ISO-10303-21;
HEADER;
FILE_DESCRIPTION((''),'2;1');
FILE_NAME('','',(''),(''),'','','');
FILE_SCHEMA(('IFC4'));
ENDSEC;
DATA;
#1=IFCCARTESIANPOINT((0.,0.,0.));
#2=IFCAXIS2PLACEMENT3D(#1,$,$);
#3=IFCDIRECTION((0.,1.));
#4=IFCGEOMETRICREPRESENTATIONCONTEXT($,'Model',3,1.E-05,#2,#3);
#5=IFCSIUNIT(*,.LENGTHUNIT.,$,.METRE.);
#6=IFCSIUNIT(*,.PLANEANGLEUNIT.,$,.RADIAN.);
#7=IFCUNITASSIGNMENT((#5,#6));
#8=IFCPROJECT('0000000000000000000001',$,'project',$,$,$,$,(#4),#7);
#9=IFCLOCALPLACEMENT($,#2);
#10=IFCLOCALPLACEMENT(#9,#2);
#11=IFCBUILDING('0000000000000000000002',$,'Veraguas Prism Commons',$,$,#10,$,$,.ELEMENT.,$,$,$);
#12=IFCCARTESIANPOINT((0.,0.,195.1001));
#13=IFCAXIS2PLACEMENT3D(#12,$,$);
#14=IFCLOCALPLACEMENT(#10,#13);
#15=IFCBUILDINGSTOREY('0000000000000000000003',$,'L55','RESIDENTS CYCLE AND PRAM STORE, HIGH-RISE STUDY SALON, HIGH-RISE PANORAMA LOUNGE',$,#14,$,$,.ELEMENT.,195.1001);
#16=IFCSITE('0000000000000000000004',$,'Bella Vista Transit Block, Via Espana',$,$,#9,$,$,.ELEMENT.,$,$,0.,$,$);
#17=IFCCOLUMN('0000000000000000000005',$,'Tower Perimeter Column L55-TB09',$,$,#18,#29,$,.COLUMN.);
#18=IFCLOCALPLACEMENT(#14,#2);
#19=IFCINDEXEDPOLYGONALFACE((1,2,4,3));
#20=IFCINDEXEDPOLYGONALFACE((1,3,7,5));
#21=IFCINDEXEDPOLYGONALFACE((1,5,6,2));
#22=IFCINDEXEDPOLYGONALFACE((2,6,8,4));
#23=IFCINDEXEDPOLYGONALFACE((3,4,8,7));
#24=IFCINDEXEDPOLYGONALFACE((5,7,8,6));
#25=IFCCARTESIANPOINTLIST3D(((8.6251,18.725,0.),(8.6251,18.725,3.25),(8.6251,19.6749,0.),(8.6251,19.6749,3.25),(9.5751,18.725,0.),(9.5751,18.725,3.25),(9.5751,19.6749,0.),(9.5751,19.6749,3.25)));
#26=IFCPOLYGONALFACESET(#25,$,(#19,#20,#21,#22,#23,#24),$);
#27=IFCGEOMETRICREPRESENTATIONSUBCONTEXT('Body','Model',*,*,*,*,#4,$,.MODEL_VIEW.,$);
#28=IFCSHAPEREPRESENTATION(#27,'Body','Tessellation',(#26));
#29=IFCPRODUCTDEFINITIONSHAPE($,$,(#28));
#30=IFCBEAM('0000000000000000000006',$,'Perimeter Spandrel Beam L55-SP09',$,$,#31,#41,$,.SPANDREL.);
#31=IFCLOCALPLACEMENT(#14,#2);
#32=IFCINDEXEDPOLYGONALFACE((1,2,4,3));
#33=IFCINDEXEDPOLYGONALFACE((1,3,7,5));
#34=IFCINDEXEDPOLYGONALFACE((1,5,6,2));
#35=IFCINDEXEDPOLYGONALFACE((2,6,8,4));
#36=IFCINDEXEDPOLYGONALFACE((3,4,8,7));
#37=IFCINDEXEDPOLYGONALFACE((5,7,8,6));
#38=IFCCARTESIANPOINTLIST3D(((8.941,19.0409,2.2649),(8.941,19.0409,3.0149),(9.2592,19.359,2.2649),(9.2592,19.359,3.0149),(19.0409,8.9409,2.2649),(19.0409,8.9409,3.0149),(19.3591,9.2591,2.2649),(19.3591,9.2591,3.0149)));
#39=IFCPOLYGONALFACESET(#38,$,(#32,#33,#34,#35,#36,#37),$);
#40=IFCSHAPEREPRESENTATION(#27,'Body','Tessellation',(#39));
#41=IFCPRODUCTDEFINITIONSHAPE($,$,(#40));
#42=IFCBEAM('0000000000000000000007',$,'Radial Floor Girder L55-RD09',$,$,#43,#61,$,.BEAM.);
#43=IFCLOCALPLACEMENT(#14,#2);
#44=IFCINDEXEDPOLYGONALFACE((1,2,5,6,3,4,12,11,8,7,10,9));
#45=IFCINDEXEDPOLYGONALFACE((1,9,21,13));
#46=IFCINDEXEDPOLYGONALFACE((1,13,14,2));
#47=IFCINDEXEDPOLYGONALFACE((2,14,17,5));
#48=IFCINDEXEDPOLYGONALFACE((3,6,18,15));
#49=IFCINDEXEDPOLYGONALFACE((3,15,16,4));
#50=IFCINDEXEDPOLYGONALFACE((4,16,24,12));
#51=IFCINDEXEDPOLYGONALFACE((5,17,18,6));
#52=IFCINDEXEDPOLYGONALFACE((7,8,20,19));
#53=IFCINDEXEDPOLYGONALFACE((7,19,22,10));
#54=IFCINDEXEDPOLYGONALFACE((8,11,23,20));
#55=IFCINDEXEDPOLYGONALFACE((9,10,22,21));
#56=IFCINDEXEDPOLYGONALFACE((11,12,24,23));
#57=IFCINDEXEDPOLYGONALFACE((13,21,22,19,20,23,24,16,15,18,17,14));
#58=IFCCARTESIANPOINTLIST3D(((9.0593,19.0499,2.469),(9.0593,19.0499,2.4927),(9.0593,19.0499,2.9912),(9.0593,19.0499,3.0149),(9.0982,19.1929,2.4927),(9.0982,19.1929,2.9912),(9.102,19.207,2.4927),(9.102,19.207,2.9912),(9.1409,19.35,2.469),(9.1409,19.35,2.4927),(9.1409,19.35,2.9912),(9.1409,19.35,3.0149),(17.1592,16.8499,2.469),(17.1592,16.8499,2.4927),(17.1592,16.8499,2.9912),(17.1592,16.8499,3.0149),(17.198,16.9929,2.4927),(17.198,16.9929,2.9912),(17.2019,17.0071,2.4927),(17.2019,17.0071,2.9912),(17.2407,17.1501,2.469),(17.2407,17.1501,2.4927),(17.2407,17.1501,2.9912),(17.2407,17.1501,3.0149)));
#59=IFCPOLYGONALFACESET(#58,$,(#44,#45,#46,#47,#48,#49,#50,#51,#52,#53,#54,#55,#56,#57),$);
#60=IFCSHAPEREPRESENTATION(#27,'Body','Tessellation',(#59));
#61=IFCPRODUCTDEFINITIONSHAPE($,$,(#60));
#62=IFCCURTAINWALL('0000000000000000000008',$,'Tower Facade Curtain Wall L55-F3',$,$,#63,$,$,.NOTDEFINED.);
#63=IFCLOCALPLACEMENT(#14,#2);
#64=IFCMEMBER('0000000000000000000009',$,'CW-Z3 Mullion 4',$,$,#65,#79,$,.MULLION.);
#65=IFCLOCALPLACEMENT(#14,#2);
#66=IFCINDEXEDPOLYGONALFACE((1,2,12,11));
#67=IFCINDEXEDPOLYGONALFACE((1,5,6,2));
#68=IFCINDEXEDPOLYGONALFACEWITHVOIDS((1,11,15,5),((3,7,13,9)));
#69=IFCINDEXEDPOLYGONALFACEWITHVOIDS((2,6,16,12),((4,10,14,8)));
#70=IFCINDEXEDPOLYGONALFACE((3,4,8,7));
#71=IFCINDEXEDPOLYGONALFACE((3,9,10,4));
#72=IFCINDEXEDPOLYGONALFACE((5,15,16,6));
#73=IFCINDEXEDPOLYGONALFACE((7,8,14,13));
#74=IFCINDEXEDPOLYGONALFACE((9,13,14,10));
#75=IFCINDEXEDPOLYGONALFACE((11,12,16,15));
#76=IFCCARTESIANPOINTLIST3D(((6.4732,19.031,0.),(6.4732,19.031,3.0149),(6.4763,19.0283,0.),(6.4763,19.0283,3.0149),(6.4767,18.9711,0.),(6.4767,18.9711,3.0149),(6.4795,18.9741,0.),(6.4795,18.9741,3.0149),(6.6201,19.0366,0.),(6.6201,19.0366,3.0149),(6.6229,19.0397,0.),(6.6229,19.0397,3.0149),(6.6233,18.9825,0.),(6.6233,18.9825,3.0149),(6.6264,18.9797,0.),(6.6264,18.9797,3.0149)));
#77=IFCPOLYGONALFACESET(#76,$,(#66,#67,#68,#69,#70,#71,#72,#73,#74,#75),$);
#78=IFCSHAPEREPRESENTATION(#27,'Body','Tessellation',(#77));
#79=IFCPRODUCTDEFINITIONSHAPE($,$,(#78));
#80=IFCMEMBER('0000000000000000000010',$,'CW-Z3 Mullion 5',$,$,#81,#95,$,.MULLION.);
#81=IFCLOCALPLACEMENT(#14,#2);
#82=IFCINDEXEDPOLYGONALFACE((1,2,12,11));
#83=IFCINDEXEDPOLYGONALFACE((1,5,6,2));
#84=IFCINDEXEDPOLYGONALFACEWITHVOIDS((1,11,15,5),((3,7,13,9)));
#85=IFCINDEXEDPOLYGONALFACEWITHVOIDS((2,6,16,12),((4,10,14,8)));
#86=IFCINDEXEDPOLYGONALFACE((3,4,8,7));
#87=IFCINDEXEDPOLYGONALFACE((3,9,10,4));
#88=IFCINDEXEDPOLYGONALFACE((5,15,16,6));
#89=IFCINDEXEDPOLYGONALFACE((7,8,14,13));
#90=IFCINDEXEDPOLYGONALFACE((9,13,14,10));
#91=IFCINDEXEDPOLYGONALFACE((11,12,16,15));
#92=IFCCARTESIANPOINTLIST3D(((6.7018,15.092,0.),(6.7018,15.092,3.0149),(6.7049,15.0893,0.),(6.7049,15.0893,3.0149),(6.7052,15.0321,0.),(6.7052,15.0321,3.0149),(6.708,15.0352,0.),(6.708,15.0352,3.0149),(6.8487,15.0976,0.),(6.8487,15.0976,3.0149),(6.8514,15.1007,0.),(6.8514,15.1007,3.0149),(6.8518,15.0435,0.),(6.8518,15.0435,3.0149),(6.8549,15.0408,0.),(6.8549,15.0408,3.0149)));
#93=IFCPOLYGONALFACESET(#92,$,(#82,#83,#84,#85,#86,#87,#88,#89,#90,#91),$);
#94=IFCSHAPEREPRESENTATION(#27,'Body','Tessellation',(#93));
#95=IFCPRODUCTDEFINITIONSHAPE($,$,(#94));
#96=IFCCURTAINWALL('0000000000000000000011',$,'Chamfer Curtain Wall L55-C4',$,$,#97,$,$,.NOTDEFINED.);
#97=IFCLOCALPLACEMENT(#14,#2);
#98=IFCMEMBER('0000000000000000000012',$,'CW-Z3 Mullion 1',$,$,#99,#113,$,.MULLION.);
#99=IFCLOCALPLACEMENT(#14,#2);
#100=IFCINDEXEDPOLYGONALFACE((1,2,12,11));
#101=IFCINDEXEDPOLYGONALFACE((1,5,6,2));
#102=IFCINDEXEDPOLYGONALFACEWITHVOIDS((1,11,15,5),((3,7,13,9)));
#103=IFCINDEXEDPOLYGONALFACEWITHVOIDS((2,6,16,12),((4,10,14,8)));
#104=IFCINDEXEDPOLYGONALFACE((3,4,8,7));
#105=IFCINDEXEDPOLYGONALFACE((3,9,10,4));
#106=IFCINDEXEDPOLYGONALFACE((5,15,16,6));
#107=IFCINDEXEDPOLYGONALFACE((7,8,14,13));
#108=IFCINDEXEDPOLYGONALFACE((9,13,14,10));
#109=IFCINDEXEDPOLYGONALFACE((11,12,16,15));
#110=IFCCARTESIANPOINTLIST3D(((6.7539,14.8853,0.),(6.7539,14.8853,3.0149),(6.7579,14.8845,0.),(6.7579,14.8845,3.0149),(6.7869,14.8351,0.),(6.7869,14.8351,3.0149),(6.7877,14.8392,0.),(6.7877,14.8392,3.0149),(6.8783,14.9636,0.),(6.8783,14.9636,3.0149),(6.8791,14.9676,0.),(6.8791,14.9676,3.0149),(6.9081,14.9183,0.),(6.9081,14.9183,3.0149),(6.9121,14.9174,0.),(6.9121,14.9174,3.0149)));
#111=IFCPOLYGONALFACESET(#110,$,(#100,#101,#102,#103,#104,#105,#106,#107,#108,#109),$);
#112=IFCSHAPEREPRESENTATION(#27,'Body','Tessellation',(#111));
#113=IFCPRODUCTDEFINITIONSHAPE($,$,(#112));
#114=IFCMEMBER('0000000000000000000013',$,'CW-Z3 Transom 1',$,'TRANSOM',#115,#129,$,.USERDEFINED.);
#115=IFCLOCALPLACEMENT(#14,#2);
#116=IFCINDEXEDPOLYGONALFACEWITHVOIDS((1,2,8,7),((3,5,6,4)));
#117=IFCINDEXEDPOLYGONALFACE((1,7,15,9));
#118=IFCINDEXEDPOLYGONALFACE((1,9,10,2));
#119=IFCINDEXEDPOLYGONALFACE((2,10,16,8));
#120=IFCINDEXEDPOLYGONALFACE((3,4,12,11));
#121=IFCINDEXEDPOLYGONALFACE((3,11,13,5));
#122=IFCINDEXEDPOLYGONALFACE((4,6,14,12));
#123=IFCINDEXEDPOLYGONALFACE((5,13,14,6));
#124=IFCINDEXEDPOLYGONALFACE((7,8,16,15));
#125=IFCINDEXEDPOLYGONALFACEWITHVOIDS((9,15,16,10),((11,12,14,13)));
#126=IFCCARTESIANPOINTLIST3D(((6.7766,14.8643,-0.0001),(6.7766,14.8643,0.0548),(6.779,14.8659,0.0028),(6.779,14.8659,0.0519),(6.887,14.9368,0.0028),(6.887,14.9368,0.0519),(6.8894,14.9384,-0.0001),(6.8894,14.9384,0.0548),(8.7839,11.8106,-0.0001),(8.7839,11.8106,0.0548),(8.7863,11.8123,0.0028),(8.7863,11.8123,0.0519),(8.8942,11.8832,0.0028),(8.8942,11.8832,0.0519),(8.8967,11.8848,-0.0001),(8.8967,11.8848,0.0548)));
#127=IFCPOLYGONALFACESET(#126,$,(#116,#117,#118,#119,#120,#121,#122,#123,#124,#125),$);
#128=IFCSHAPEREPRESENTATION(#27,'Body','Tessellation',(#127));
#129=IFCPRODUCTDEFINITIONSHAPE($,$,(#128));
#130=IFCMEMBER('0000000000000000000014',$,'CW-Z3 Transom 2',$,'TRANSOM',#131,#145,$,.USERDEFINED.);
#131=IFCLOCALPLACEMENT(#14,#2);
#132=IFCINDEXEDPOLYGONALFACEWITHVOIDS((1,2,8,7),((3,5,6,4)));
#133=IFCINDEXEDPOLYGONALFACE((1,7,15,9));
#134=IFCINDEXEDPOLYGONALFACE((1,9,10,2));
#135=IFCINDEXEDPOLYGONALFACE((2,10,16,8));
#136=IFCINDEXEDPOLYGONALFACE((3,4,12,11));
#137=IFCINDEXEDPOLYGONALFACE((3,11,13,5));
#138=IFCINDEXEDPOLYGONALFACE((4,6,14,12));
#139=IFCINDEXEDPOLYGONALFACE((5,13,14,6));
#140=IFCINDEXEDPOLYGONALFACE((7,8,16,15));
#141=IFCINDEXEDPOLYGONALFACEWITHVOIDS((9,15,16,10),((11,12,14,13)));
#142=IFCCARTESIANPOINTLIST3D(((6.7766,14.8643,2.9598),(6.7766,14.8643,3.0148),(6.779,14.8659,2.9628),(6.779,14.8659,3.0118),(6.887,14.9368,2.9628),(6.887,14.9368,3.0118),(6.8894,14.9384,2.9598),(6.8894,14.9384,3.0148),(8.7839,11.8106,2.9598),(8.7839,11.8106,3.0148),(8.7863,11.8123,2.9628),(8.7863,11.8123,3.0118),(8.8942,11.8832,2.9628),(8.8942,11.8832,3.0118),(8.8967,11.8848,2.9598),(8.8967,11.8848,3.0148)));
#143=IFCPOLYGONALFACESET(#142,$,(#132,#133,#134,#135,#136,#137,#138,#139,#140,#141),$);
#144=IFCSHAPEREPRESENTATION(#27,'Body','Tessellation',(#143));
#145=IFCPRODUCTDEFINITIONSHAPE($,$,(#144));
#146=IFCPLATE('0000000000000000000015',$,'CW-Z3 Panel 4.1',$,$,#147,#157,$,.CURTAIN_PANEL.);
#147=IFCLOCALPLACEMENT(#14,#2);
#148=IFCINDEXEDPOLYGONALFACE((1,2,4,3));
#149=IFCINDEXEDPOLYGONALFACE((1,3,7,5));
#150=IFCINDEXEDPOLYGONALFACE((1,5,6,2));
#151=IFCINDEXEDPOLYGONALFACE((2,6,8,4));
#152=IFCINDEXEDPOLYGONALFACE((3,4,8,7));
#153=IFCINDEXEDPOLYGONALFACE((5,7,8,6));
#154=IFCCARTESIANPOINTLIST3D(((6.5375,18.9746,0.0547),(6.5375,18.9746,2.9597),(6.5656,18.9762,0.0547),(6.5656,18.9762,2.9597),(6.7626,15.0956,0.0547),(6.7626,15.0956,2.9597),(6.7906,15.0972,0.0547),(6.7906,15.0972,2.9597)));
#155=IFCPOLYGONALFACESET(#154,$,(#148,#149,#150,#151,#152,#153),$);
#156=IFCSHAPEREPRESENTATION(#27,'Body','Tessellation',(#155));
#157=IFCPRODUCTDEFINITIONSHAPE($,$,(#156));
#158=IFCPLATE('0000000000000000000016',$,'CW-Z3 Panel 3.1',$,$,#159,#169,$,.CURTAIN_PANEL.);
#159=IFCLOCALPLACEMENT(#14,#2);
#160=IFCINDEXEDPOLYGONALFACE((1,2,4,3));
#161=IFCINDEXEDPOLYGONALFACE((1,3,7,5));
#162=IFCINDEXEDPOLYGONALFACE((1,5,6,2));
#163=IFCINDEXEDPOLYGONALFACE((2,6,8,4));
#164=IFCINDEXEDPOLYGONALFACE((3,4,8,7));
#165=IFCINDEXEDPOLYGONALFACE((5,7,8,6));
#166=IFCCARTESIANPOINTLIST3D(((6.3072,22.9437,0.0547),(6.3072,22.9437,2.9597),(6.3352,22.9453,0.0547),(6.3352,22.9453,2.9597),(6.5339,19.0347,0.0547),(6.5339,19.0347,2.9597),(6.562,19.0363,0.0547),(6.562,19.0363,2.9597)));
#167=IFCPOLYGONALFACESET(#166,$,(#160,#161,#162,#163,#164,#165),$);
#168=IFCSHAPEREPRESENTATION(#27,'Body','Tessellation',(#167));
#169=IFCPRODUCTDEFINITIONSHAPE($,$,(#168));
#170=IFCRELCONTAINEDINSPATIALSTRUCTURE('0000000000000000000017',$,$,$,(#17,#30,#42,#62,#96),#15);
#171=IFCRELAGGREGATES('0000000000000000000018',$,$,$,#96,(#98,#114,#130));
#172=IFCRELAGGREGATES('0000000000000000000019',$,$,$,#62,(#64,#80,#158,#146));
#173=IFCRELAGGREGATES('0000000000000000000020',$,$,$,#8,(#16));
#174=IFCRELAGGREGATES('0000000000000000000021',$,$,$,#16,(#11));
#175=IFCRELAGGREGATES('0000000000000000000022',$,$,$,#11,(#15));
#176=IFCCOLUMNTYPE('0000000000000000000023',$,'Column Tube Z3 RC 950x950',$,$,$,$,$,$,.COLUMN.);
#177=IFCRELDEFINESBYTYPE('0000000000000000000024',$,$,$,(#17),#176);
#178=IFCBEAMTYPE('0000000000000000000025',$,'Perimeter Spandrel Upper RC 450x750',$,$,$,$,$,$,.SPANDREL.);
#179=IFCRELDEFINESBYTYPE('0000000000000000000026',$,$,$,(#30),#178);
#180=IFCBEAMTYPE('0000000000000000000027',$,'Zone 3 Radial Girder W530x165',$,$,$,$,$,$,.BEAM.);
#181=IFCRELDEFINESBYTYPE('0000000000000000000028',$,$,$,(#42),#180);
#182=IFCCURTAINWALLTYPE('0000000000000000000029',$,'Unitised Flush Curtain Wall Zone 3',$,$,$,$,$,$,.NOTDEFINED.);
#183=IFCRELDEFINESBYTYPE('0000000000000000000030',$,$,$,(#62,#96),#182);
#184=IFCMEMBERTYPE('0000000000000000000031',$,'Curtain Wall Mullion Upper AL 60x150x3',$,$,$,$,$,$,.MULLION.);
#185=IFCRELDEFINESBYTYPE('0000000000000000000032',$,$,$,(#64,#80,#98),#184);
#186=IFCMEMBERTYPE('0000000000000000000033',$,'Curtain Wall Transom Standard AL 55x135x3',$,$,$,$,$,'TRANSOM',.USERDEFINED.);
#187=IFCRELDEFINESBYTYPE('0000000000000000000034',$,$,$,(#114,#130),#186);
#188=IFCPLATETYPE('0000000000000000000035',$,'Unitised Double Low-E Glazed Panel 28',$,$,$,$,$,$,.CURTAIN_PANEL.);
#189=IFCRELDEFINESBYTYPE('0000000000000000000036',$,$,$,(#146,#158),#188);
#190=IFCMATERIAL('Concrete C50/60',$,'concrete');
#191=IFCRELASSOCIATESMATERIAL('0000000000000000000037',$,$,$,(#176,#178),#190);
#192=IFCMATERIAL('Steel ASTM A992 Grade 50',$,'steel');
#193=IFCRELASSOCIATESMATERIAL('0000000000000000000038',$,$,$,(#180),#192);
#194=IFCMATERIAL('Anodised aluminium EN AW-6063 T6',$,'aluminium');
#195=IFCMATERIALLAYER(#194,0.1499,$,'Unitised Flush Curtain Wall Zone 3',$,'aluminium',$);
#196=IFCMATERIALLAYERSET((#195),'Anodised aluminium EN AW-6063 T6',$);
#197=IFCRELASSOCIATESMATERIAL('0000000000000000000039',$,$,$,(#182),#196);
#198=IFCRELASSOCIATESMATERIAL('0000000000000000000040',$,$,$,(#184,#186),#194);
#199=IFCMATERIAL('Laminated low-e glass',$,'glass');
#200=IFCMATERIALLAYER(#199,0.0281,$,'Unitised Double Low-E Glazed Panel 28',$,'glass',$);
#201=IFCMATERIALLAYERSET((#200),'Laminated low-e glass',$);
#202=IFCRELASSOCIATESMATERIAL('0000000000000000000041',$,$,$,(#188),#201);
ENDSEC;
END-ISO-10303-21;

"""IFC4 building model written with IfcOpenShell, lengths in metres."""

from ifc_helpers import new_model, si_unit, direction, frame, origin, origin_2d, place, context, subcontext, project, spatial, rectangle, hollow_rectangle, i_section, extrude, source, transform, mapped, material, layer, layer_set, material_profile, profile_set, type_object, element, aggregate, save


model = new_model("IFC4")

# Units and contexts
model_context = context("Model", 3, precision=1e-05, world=origin(), true_north=direction((0.0, 1.0)))
body_context = subcontext(model_context, "Body", "Model", "MODEL_VIEW")
ifc_project = project(units=[si_unit("LENGTHUNIT", "METRE"), si_unit("PLANEANGLEUNIT", "RADIAN")], contexts=[model_context])

# Site, building, storey
site_placement = place(None, origin())
site = spatial("IfcSite", under=ifc_project, at=site_placement, Name="Bella Vista Transit Block, Via Espana", CompositionType="ELEMENT", RefElevation=0.0)
building_placement = place(site_placement, origin())
building = spatial("IfcBuilding", under=site, at=building_placement, Name="Veraguas Prism Commons", CompositionType="ELEMENT")
storey_placement = place(building_placement, frame((0.0, 0.0, 195.1001)))
storey = spatial("IfcBuildingStorey", under=building, at=storey_placement, Name="L55", Description="RESIDENTS CYCLE AND PRAM STORE, HIGH-RISE STUDY SALON, HIGH-RISE PANORAMA LOUNGE", CompositionType="ELEMENT", Elevation=195.1001)

# Column
ifc_material_1 = material(Name="Concrete C50/60", Category="concrete")
ifc_material_profile_1 = material_profile(ifc_material_1, rectangle(XDim=0.95, YDim=0.95, at=origin_2d()), Name="RC950X950")
ifc_profile_set_1 = profile_set([ifc_material_profile_1], Name="Concrete C50/60")
column_type = type_object("IfcColumnType", Name="Column Tube Z3 RC 950x950", PredefinedType="COLUMN", material=ifc_profile_set_1)
column_placement = place(storey_placement, frame((9.1001, 19.2, 0.0), z_axis=(0.0, 0.0, 1.0), x_axis=(1.0, 0.0, 0.0)))
element("IfcColumn", 1, at=column_placement, inside=storey, type_object=column_type, Name="Tower Perimeter Column L55-TB09", PredefinedType="COLUMN", context=body_context, shape_type="SweptSolid", body=[
    extrude(rectangle(XDim=0.95, YDim=0.95, at=origin_2d()), origin(), (0.0, 0.0, 1.0), 3.25),
])

# Beams
ifc_material_profile_2 = material_profile(ifc_material_1, rectangle(XDim=0.45, YDim=0.75, at=origin_2d()), Name="RC450X750")
ifc_profile_set_2 = profile_set([ifc_material_profile_2], Name="Concrete C50/60")
beam_type_1 = type_object("IfcBeamType", Name="Perimeter Spandrel Upper RC 450x750", PredefinedType="SPANDREL", material=ifc_profile_set_2)
beam_1_placement = place(storey_placement, frame((9.1001, 19.2, 2.6399), z_axis=(0.707107, -0.707107, 0.0), x_axis=(0.707107, 0.707107, 0.0)))
element("IfcBeam", 2, at=beam_1_placement, inside=storey, type_object=beam_type_1, Name="Perimeter Spandrel Beam L55-SP09", PredefinedType="SPANDREL", context=body_context, shape_type="SweptSolid", body=[
    extrude(rectangle(XDim=0.45, YDim=0.75, at=origin_2d()), origin(), (0.0, 0.0, 1.0), 14.2834),
])
ifc_material_2 = material(Name="Steel ASTM A992 Grade 50", Category="steel")
ifc_material_profile_3 = material_profile(ifc_material_2, i_section(OverallWidth=0.311, OverallDepth=0.5459, WebThickness=0.0146, FlangeThickness=0.0237, at=origin_2d()), Name="W530X165")
ifc_profile_set_3 = profile_set([ifc_material_profile_3], Name="Steel ASTM A992 Grade 50")
beam_type_2 = type_object("IfcBeamType", Name="Zone 3 Radial Girder W530x165", PredefinedType="BEAM", material=ifc_profile_set_3)
beam_2_placement = place(storey_placement, frame((9.1001, 19.2, 2.7419), z_axis=(0.965039, -0.262108, 0.0), x_axis=(0.262108, 0.965039, 0.0)))
element("IfcBeam", 3, at=beam_2_placement, inside=storey, type_object=beam_type_2, Name="Radial Floor Girder L55-RD09", PredefinedType="BEAM", context=body_context, shape_type="SweptSolid", body=[
    extrude(i_section(OverallWidth=0.311, OverallDepth=0.5459, WebThickness=0.0146, FlangeThickness=0.0237, at=origin_2d()), origin(), (0.0, 0.0, 1.0), 8.3933),
])

# Curtain walls, members
ifc_material_3 = material(Name="Anodised aluminium EN AW-6063 T6", Category="aluminium")
ifc_layer_1 = layer(ifc_material_3, 0.1499, Name="Unitised Flush Curtain Wall Zone 3", Category="aluminium")
ifc_layer_set_1 = layer_set([ifc_layer_1], Name="Anodised aluminium EN AW-6063 T6")
curtain_wall_type = type_object("IfcCurtainWallType", Name="Unitised Flush Curtain Wall Zone 3", PredefinedType="NOTDEFINED", material=ifc_layer_set_1)
curtain_wall_1_placement = place(storey_placement, origin())
curtain_wall_1 = element("IfcCurtainWall", 4, at=curtain_wall_1_placement, inside=storey, type_object=curtain_wall_type, Name="Tower Facade Curtain Wall L55-F3", PredefinedType="NOTDEFINED")
ifc_material_profile_4 = material_profile(ifc_material_3, hollow_rectangle(XDim=0.0601, YDim=0.1499, WallThickness=0.0029, at=origin_2d()), Name="AL60X150X3")
ifc_profile_set_4 = profile_set([ifc_material_profile_4], Name="Anodised aluminium EN AW-6063 T6")
member_type_1 = type_object("IfcMemberType", Name="Curtain Wall Mullion Upper AL 60x150x3", PredefinedType="MULLION", material=ifc_profile_set_4)
shared_shape_1 = source(origin(), body_context, "Body", "SweptSolid", [
    extrude(hollow_rectangle(XDim=0.0601, YDim=0.1499, WallThickness=0.0029, at=origin_2d()), origin(), (0.0, 0.0, 1.0), 3.0149),
])
member_1_placement = place(storey_placement, frame((6.5498, 19.0054, 0.0), z_axis=(0.0, 0.0, 1.0), x_axis=(0.057909, -0.998322, 0.0)))
member_1 = element("IfcMember", 5, at=member_1_placement, type_object=member_type_1, Name="CW-Z3 Mullion 4", PredefinedType="MULLION", context=body_context, shape_type="MappedRepresentation", body=[
    mapped(shared_shape_1, transform((0.0, 0.0, 0.0), scale=1.0)),
])
member_2_placement = place(storey_placement, frame((6.7783, 15.0664, 0.0), z_axis=(0.0, 0.0, 1.0), x_axis=(0.057909, -0.998322, 0.0)))
member_2 = element("IfcMember", 6, at=member_2_placement, type_object=member_type_1, Name="CW-Z3 Mullion 5", PredefinedType="MULLION", context=body_context, shape_type="MappedRepresentation", body=[
    mapped(shared_shape_1, transform((0.0, 0.0, 0.0), scale=1.0)),
])
curtain_wall_2_placement = place(storey_placement, origin())
curtain_wall_2 = element("IfcCurtainWall", 7, at=curtain_wall_2_placement, inside=storey, type_object=curtain_wall_type, Name="Chamfer Curtain Wall L55-C4", PredefinedType="NOTDEFINED")
member_3_placement = place(storey_placement, frame((6.833, 14.9014, 0.0), z_axis=(0.0, 0.0, 1.0), x_axis=(0.549271, -0.835644, 0.0)))
member_3 = element("IfcMember", 8, at=member_3_placement, type_object=member_type_1, Name="CW-Z3 Mullion 1", PredefinedType="MULLION", context=body_context, shape_type="MappedRepresentation", body=[
    mapped(shared_shape_1, transform((0.0, 0.0, 0.0), scale=1.0)),
])
ifc_material_profile_5 = material_profile(ifc_material_3, hollow_rectangle(XDim=0.0549, YDim=0.135, WallThickness=0.0029, at=origin_2d()), Name="AL55X135X3")
ifc_profile_set_5 = profile_set([ifc_material_profile_5], Name="Anodised aluminium EN AW-6063 T6")
member_type_2 = type_object("IfcMemberType", Name="Curtain Wall Transom Standard AL 55x135x3", ElementType="TRANSOM", PredefinedType="USERDEFINED", material=ifc_profile_set_5)
shared_shape_2 = source(origin(), body_context, "Body", "SweptSolid", [
    extrude(hollow_rectangle(XDim=0.0549, YDim=0.135, WallThickness=0.0029, at=origin_2d()), origin(), (0.0, 0.0, 1.0), 3.6543),
])
member_4_placement = place(storey_placement, frame((6.833, 14.9014, 0.0273), z_axis=(0.549293, -0.83563, 0.0), x_axis=(0.0, 0.0, 1.0)))
member_4 = element("IfcMember", 9, at=member_4_placement, type_object=member_type_2, Name="CW-Z3 Transom 1", ObjectType="TRANSOM", PredefinedType="USERDEFINED", context=body_context, shape_type="MappedRepresentation", body=[
    mapped(shared_shape_2, transform((0.0, 0.0, 0.0), scale=1.0)),
])
member_5_placement = place(storey_placement, frame((6.833, 14.9014, 2.9873), z_axis=(0.549293, -0.83563, 0.0), x_axis=(0.0, 0.0, 1.0)))
member_5 = element("IfcMember", 10, at=member_5_placement, type_object=member_type_2, Name="CW-Z3 Transom 2", ObjectType="TRANSOM", PredefinedType="USERDEFINED", context=body_context, shape_type="MappedRepresentation", body=[
    mapped(shared_shape_2, transform((0.0, 0.0, 0.0), scale=1.0)),
])
aggregate(curtain_wall_2, [member_3, member_4, member_5])

# Plates
ifc_material_4 = material(Name="Laminated low-e glass", Category="glass")
ifc_layer_2 = layer(ifc_material_4, 0.0281, Name="Unitised Double Low-E Glazed Panel 28", Category="glass")
ifc_layer_set_2 = layer_set([ifc_layer_2], Name="Laminated low-e glass")
plate_type = type_object("IfcPlateType", Name="Unitised Double Low-E Glazed Panel 28", PredefinedType="CURTAIN_PANEL", material=ifc_layer_set_2)
shared_shape_3 = source(origin(), body_context, "Body", "SweptSolid", [
    extrude(rectangle(XDim=3.8855, YDim=0.0281, at=origin_2d()), origin(), (0.0, 0.0, 1.0), 2.905),
])
plate_1_placement = place(storey_placement, frame((6.6641, 17.0359, 0.0547), z_axis=(0.0, 0.0, 1.0), x_axis=(0.057909, -0.998322, 0.0)))
plate_1 = element("IfcPlate", 11, at=plate_1_placement, type_object=plate_type, Name="CW-Z3 Panel 4.1", PredefinedType="CURTAIN_PANEL", context=body_context, shape_type="MappedRepresentation", body=[
    mapped(shared_shape_3, transform((0.0, 0.0, 0.0), scale=1.0)),
])
shared_shape_4 = source(origin(), body_context, "Body", "SweptSolid", [
    extrude(rectangle(XDim=3.9155, YDim=0.0281, at=origin_2d()), origin(), (0.0, 0.0, 1.0), 2.905),
])
plate_2_placement = place(storey_placement, frame((6.4346, 20.99, 0.0547), z_axis=(0.0, 0.0, 1.0), x_axis=(0.057909, -0.998322, 0.0)))
plate_2 = element("IfcPlate", 12, at=plate_2_placement, type_object=plate_type, Name="CW-Z3 Panel 3.1", PredefinedType="CURTAIN_PANEL", context=body_context, shape_type="MappedRepresentation", body=[
    mapped(shared_shape_4, transform((0.0, 0.0, 0.0), scale=1.0)),
])
aggregate(curtain_wall_1, [member_1, member_2, plate_2, plate_1])

save(model, "model.ifc")
